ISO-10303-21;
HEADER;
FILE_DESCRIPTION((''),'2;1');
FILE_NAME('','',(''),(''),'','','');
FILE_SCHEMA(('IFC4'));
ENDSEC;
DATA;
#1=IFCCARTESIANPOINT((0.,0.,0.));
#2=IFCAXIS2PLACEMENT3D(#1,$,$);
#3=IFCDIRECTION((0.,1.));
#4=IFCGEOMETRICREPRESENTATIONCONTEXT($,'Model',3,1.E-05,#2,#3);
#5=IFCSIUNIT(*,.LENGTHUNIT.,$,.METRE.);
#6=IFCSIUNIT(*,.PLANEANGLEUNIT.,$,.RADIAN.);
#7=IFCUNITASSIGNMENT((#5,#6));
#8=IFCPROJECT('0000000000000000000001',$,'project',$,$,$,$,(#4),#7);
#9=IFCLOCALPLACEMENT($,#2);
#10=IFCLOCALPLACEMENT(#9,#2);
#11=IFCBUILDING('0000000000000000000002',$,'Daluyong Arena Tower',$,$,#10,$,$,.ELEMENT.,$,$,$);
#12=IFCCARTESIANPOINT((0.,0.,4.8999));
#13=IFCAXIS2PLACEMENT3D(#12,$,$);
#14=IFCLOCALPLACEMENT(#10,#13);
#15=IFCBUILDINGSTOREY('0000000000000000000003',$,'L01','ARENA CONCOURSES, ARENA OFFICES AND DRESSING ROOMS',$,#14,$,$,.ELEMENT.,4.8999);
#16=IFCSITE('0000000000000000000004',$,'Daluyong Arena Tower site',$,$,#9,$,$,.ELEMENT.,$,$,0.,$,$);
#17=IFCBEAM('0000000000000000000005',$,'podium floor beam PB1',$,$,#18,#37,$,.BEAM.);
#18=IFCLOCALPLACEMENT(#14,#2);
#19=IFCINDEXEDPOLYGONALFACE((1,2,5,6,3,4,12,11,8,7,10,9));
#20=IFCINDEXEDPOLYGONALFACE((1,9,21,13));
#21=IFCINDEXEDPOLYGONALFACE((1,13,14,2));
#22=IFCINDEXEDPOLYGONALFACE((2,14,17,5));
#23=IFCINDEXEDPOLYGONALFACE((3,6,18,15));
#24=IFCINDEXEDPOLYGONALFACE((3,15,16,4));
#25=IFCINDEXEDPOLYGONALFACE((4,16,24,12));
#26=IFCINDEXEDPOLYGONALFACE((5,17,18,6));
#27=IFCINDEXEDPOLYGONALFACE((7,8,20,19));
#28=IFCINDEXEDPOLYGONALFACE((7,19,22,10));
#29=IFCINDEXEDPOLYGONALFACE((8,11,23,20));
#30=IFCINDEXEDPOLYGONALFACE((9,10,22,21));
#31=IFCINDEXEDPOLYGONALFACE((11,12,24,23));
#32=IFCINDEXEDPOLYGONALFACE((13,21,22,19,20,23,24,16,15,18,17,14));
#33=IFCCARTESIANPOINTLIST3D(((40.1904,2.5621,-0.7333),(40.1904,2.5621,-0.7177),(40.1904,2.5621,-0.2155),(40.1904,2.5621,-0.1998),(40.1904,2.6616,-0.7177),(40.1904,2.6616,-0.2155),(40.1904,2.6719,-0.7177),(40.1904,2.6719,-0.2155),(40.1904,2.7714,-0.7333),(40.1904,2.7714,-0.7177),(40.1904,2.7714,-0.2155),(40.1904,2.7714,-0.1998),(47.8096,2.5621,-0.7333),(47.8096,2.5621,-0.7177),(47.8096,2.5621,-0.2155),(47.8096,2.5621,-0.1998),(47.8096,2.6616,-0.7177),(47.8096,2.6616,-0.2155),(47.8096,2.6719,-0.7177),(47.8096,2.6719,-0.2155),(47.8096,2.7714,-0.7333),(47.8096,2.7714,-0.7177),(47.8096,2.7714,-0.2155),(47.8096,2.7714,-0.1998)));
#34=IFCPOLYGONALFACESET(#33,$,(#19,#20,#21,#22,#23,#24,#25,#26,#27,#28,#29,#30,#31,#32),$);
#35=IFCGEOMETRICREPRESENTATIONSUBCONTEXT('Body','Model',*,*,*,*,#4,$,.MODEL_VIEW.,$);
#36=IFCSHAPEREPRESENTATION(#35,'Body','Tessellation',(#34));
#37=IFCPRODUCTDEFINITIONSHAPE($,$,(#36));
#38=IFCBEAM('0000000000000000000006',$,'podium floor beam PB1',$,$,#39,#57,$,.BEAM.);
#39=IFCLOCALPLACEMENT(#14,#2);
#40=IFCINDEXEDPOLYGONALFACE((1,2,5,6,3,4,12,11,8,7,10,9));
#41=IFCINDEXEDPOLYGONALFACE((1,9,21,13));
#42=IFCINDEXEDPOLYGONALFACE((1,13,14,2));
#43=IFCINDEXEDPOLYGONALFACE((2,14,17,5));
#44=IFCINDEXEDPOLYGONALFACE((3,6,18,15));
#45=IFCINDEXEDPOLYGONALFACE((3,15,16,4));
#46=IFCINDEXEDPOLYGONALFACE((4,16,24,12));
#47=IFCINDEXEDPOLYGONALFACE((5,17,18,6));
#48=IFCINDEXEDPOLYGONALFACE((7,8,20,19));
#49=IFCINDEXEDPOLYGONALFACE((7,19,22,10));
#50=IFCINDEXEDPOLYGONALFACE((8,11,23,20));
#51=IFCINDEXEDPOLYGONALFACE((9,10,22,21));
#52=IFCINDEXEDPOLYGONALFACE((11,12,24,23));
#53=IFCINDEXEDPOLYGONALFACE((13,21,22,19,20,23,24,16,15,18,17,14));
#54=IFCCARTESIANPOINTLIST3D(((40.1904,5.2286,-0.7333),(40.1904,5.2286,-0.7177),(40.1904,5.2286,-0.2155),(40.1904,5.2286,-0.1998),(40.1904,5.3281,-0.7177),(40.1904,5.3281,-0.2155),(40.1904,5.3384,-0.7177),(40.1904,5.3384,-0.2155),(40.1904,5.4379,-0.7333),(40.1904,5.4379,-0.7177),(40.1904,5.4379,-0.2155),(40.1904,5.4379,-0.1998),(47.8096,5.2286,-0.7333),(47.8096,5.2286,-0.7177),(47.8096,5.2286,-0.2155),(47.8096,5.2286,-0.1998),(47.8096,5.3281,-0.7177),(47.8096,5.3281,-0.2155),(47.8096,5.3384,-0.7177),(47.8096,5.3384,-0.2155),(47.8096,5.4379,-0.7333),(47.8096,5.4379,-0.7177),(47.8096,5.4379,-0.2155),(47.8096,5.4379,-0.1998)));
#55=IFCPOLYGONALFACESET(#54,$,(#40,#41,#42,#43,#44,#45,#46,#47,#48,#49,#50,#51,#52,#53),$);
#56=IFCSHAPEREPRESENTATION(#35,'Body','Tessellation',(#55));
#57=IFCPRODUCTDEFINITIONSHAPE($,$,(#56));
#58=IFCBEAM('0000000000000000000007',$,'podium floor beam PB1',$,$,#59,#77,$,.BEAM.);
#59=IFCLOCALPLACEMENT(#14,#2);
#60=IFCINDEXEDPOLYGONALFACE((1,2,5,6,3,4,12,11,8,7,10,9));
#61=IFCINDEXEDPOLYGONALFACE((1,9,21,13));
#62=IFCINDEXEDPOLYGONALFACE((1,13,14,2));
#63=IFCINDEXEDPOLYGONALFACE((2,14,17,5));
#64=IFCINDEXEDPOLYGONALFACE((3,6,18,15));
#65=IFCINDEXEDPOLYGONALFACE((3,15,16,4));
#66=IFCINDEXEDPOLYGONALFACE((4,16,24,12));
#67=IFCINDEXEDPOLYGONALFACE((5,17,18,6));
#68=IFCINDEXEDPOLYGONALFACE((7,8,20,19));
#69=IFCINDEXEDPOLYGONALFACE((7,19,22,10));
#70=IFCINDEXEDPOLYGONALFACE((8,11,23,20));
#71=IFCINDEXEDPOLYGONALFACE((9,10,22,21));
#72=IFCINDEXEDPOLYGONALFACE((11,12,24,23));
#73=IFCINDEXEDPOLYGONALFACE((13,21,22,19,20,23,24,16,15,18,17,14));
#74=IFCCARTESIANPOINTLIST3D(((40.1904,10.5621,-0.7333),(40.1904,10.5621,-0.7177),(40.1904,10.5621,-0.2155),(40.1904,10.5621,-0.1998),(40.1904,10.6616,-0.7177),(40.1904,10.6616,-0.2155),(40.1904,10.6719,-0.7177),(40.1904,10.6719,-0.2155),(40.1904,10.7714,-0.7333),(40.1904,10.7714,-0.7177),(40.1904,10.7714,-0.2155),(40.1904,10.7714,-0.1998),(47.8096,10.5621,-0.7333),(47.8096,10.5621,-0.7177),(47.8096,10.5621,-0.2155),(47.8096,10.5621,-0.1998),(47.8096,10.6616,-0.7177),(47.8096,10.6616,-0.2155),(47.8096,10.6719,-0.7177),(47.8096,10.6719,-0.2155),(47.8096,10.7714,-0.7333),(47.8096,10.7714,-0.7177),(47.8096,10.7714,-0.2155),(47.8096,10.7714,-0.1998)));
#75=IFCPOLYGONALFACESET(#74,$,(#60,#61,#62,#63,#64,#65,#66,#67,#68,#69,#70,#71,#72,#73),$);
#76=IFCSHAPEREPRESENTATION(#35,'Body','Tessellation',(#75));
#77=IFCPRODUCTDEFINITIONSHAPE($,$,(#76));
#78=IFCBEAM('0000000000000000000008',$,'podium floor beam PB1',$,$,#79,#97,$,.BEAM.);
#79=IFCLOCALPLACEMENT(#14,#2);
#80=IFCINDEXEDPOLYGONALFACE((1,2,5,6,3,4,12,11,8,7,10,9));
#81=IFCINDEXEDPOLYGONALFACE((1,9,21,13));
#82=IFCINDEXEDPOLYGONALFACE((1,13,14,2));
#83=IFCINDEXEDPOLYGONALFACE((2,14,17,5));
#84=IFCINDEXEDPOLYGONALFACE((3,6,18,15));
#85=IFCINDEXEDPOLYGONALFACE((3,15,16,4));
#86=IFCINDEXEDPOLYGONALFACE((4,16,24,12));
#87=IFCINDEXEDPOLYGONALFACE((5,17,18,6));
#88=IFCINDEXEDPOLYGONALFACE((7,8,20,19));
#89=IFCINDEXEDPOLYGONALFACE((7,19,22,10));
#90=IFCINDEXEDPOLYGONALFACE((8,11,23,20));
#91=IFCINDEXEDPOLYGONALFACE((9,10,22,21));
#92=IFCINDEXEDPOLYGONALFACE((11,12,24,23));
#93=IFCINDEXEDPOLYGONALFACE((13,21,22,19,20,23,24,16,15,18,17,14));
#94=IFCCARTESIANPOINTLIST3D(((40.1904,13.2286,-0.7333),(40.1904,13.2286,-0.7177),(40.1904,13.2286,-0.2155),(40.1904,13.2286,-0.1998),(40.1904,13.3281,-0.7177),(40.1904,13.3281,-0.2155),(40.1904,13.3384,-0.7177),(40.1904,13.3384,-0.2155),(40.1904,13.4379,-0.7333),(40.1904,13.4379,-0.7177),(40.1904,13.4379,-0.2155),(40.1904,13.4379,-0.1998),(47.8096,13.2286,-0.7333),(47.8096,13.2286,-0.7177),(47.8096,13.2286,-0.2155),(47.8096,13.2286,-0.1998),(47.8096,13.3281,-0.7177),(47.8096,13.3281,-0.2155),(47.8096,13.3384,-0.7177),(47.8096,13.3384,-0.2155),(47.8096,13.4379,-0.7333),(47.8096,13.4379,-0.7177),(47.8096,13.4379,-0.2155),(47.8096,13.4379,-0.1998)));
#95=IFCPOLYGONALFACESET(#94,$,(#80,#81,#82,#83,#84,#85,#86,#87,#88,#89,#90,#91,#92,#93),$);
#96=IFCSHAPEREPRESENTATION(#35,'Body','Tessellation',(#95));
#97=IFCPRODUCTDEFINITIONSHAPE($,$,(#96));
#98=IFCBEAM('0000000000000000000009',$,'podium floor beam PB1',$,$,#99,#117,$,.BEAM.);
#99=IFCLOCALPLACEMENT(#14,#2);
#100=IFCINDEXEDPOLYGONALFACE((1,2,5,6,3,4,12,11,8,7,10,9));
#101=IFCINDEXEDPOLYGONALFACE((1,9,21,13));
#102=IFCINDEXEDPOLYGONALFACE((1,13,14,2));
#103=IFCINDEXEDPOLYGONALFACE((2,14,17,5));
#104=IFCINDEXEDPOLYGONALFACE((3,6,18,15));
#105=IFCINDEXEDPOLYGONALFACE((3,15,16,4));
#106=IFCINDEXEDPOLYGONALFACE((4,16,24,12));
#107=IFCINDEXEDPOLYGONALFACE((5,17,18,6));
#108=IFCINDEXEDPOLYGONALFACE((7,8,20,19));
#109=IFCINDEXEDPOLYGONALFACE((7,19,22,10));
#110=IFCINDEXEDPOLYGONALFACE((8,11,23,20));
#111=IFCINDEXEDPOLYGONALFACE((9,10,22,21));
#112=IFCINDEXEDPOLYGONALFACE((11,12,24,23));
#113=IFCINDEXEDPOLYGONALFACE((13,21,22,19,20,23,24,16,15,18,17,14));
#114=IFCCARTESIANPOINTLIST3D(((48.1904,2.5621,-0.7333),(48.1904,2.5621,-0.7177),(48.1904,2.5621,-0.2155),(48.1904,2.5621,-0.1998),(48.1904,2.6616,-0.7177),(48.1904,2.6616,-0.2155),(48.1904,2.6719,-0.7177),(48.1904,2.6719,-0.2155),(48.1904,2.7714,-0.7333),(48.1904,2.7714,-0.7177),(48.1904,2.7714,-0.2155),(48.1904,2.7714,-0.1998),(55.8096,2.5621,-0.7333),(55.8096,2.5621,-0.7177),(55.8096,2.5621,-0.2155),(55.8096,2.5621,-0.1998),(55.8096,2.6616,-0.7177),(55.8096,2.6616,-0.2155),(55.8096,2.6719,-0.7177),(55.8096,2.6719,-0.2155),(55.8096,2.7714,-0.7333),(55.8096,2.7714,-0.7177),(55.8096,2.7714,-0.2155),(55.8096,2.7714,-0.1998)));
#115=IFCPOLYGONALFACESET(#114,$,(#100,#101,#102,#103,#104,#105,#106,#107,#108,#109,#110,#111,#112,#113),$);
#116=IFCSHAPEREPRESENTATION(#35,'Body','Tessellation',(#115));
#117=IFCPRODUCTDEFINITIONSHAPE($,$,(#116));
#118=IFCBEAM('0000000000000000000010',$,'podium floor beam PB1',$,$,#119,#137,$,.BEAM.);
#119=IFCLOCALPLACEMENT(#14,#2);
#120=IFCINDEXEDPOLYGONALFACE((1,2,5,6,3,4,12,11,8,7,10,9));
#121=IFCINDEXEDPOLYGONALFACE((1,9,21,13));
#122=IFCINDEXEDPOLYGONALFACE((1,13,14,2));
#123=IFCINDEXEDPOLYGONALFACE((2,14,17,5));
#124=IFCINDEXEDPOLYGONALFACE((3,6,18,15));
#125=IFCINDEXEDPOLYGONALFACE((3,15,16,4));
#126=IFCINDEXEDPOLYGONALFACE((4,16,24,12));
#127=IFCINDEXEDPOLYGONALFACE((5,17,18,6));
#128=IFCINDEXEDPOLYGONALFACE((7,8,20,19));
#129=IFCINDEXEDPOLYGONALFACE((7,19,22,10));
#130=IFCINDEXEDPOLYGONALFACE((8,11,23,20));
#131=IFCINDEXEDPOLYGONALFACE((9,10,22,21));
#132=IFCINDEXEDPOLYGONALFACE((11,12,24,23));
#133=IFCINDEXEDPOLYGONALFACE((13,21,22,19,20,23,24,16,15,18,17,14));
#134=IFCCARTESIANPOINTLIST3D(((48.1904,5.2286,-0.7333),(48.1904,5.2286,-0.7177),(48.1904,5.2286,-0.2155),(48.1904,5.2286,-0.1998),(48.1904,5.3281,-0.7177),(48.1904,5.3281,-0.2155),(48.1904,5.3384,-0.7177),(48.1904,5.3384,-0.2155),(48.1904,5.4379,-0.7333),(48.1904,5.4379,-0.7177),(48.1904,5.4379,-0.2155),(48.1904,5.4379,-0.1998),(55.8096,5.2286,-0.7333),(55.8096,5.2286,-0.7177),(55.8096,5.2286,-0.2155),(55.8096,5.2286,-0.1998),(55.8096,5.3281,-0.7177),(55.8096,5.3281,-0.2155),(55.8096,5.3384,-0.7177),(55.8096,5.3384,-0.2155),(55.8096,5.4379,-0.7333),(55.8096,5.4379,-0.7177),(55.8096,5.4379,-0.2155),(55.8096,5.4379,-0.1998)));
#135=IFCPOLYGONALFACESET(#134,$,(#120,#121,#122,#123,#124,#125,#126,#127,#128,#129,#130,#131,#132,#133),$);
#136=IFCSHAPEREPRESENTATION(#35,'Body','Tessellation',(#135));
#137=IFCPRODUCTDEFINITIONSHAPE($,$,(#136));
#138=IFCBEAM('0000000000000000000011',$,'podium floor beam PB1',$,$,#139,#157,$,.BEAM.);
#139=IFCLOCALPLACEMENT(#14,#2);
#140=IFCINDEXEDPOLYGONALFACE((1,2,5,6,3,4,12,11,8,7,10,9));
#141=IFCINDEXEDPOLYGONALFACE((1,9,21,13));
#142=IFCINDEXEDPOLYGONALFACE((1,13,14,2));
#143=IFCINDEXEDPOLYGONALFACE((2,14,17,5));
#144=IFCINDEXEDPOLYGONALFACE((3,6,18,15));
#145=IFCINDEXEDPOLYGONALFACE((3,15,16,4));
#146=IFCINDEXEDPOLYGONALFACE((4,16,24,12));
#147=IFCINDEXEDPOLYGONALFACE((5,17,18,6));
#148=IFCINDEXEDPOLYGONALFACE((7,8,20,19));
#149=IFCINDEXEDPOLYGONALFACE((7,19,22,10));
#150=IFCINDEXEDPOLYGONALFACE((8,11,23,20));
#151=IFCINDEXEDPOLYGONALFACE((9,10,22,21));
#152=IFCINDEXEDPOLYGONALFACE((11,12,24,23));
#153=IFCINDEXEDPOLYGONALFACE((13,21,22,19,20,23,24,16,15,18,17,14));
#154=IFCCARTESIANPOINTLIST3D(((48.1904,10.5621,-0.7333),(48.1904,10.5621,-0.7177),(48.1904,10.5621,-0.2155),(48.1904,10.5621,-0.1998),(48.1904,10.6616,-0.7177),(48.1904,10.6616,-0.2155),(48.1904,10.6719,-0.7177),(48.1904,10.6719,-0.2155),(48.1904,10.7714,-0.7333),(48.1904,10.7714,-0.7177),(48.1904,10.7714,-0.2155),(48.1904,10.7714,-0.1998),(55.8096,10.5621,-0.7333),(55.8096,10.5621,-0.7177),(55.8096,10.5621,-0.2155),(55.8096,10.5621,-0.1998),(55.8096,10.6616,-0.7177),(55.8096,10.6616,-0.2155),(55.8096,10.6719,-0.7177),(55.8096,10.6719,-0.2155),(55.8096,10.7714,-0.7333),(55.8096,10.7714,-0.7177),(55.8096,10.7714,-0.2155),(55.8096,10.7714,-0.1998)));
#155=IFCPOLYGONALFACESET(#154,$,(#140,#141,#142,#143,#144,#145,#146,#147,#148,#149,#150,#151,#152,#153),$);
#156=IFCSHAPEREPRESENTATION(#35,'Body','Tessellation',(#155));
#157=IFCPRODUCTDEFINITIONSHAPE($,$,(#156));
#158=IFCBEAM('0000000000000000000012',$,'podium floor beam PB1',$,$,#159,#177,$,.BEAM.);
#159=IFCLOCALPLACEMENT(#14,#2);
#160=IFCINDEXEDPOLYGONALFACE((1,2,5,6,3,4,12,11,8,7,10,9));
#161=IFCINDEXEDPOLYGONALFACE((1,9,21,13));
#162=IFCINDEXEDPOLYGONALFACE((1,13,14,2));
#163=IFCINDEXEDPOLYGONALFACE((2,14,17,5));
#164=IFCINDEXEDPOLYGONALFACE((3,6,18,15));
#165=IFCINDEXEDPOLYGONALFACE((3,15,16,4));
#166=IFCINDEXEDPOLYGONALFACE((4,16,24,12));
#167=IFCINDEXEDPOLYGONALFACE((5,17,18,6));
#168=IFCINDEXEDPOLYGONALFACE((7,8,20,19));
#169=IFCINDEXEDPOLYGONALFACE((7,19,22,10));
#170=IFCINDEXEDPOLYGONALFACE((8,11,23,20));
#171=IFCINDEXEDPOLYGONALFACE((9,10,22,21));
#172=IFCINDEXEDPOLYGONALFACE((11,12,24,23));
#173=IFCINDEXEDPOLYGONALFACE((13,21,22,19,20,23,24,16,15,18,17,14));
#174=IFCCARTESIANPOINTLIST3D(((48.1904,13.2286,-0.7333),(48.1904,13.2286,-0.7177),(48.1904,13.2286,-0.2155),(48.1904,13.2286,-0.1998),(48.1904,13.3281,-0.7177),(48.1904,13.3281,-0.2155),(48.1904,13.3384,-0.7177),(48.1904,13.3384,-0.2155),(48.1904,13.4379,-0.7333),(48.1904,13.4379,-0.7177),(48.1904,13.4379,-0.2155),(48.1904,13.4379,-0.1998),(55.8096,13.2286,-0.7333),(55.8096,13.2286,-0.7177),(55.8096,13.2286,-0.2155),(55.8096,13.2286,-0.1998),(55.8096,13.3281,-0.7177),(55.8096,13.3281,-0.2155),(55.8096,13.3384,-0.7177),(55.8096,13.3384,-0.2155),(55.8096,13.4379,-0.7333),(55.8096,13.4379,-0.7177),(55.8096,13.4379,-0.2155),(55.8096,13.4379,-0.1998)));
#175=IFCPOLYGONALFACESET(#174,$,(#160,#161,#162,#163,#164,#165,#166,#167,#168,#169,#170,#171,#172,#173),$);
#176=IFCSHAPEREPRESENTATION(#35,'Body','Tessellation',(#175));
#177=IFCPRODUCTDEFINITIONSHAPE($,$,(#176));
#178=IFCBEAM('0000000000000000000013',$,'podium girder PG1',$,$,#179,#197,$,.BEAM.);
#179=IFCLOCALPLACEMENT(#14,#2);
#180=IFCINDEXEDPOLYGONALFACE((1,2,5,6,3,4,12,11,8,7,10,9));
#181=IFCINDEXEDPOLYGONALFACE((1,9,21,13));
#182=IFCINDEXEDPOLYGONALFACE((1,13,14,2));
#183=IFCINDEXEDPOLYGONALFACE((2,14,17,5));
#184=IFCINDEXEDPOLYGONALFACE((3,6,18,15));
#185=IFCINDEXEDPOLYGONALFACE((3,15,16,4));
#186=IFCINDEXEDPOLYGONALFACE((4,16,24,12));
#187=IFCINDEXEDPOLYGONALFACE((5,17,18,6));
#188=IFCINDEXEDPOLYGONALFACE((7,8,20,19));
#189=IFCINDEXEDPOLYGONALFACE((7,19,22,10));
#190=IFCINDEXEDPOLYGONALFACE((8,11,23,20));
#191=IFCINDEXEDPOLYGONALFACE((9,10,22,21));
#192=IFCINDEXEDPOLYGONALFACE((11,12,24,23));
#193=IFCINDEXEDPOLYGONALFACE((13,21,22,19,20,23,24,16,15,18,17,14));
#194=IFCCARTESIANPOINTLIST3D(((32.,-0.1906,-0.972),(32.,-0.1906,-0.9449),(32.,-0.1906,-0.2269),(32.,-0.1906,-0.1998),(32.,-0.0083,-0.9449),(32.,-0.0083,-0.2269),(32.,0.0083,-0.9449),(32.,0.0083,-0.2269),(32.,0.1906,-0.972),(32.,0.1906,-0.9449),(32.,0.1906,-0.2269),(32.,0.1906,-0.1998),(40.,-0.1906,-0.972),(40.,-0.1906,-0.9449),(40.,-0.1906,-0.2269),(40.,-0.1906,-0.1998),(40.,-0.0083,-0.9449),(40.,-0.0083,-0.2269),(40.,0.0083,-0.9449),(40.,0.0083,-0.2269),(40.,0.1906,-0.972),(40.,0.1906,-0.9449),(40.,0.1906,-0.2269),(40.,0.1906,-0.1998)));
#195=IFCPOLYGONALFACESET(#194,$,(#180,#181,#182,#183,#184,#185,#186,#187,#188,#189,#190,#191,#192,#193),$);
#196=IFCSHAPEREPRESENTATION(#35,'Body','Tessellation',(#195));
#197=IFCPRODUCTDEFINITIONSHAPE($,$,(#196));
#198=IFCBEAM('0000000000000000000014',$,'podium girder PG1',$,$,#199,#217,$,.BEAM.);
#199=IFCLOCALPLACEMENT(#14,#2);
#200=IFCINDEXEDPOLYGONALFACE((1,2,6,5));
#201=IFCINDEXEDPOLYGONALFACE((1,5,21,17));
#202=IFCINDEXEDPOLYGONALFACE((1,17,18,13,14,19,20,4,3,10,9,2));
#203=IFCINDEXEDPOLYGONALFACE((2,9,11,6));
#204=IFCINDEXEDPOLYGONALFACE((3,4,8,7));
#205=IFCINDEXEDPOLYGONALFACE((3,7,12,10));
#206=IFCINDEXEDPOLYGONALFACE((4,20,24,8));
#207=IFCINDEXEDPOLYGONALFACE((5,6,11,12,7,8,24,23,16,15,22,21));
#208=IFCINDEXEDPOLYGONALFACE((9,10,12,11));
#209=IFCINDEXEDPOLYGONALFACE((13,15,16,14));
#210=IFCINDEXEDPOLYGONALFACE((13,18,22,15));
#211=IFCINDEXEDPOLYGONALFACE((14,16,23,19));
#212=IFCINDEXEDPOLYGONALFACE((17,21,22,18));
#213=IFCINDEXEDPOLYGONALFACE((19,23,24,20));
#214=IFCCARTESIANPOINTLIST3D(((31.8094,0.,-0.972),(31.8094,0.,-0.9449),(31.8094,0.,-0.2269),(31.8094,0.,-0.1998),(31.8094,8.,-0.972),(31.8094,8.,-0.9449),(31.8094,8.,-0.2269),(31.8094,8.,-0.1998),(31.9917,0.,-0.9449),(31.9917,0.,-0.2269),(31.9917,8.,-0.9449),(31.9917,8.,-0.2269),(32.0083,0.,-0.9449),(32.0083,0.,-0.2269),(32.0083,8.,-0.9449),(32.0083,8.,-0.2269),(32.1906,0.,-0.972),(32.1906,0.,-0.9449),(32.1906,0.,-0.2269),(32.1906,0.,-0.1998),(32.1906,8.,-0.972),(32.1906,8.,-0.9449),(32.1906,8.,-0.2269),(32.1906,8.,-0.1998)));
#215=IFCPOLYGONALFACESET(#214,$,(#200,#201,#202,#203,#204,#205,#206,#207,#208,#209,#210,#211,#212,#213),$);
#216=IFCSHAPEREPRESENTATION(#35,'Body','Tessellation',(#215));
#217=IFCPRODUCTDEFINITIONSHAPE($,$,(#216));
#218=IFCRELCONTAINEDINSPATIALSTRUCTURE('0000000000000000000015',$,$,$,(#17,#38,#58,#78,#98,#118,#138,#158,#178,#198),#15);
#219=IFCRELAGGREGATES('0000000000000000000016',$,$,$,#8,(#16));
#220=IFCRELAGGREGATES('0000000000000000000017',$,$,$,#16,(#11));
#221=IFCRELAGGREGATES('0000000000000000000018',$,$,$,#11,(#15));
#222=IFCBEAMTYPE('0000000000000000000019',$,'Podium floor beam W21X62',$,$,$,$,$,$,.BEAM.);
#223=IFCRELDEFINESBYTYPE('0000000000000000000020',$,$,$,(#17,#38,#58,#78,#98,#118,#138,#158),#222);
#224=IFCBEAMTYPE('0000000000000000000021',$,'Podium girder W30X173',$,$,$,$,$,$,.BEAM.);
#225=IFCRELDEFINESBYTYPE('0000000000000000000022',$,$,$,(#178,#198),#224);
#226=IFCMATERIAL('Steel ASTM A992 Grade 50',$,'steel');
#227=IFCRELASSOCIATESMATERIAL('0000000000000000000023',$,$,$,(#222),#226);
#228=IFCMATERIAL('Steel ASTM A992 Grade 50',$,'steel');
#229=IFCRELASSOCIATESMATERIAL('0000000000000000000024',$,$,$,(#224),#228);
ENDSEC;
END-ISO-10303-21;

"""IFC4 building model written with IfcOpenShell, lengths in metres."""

from ifc_helpers import new_model, si_unit, direction, frame, origin, origin_2d, place, context, subcontext, project, spatial, i_section, extrude, material, material_profile, profile_set, type_object, element, save


model = new_model("IFC4")

# Units and contexts
model_context = context("Model", 3, precision=1e-05, world=origin(), true_north=direction((0.0, 1.0)))
body_context = subcontext(model_context, "Body", "Model", "MODEL_VIEW")
ifc_project = project(units=[si_unit("LENGTHUNIT", "METRE"), si_unit("PLANEANGLEUNIT", "RADIAN")], contexts=[model_context])

# Site, building, storey
site_placement = place(None, origin())
site = spatial("IfcSite", under=ifc_project, at=site_placement, Name="Daluyong Arena Tower site", CompositionType="ELEMENT", RefElevation=0.0)
building_placement = place(site_placement, origin())
building = spatial("IfcBuilding", under=site, at=building_placement, Name="Daluyong Arena Tower", CompositionType="ELEMENT")
storey_placement = place(building_placement, frame((0.0, 0.0, 4.8999)))
storey = spatial("IfcBuildingStorey", under=building, at=storey_placement, Name="L01", Description="ARENA CONCOURSES, ARENA OFFICES AND DRESSING ROOMS", CompositionType="ELEMENT", Elevation=4.8999)

# Beams
ifc_material_1 = material(Name="Steel ASTM A992 Grade 50", Category="steel")
ifc_material_profile_1 = material_profile(ifc_material_1, i_section(OverallWidth=0.2092, OverallDepth=0.5334, WebThickness=0.0103, FlangeThickness=0.0156, at=origin_2d()))
ifc_profile_set_1 = profile_set([ifc_material_profile_1], Name="Steel ASTM A992 Grade 50")
beam_type_1 = type_object("IfcBeamType", Name="Podium floor beam W21X62", PredefinedType="BEAM", material=ifc_profile_set_1)
for number, where, z_axis, x_axis, name in (
    (1, (40.1904, 2.6667, -0.4666), (1.0, 0.0, 0.0), (0.0, 1.0, 0.0), "podium floor beam PB1"),
    (2, (40.1904, 5.3333, -0.4666), (1.0, 0.0, 0.0), (0.0, 1.0, 0.0), "podium floor beam PB1"),
    (3, (40.1904, 10.6667, -0.4666), (1.0, 0.0, 0.0), (0.0, 1.0, 0.0), "podium floor beam PB1"),
    (4, (40.1904, 13.3333, -0.4666), (1.0, 0.0, 0.0), (0.0, 1.0, 0.0), "podium floor beam PB1"),
    (5, (48.1904, 2.6667, -0.4666), (1.0, 0.0, 0.0), (0.0, 1.0, 0.0), "podium floor beam PB1"),
    (6, (48.1904, 5.3333, -0.4666), (1.0, 0.0, 0.0), (0.0, 1.0, 0.0), "podium floor beam PB1"),
    (7, (48.1904, 10.6667, -0.4666), (1.0, 0.0, 0.0), (0.0, 1.0, 0.0), "podium floor beam PB1"),
    (8, (48.1904, 13.3333, -0.4666), (1.0, 0.0, 0.0), (0.0, 1.0, 0.0), "podium floor beam PB1"),
):
    element("IfcBeam", number, at=place(storey_placement, frame(where, z_axis=z_axis, x_axis=x_axis)), inside=storey, type_object=beam_type_1, Name=name, PredefinedType="BEAM", context=body_context, shape_type="SweptSolid", body=[
        extrude(i_section(OverallWidth=0.2092, OverallDepth=0.5334, WebThickness=0.0103, FlangeThickness=0.0156, at=origin_2d()), origin(), (0.0, 0.0, 1.0), 7.6191),
    ])
ifc_material_2 = material(Name="Steel ASTM A992 Grade 50", Category="steel")
ifc_material_profile_2 = material_profile(ifc_material_2, i_section(OverallWidth=0.3811, OverallDepth=0.7722, WebThickness=0.0166, FlangeThickness=0.0271, at=origin_2d()))
ifc_profile_set_2 = profile_set([ifc_material_profile_2], Name="Steel ASTM A992 Grade 50")
beam_type_2 = type_object("IfcBeamType", Name="Podium girder W30X173", PredefinedType="BEAM", material=ifc_profile_set_2)
for number, where, z_axis, x_axis, name in (
    (9, (32.0, 0.0, -0.5859), (1.0, 0.0, 0.0), (0.0, 1.0, 0.0), "podium girder PG1"),
    (10, (32.0, 0.0, -0.5859), (0.0, 1.0, 0.0), (-1.0, 0.0, 0.0), "podium girder PG1"),
):
    element("IfcBeam", number, at=place(storey_placement, frame(where, z_axis=z_axis, x_axis=x_axis)), inside=storey, type_object=beam_type_2, Name=name, PredefinedType="BEAM", context=body_context, shape_type="SweptSolid", body=[
        extrude(i_section(OverallWidth=0.3811, OverallDepth=0.7722, WebThickness=0.0166, FlangeThickness=0.0271, at=origin_2d()), origin(), (0.0, 0.0, 1.0), 8.0),
    ])

save(model, "model.ifc")
